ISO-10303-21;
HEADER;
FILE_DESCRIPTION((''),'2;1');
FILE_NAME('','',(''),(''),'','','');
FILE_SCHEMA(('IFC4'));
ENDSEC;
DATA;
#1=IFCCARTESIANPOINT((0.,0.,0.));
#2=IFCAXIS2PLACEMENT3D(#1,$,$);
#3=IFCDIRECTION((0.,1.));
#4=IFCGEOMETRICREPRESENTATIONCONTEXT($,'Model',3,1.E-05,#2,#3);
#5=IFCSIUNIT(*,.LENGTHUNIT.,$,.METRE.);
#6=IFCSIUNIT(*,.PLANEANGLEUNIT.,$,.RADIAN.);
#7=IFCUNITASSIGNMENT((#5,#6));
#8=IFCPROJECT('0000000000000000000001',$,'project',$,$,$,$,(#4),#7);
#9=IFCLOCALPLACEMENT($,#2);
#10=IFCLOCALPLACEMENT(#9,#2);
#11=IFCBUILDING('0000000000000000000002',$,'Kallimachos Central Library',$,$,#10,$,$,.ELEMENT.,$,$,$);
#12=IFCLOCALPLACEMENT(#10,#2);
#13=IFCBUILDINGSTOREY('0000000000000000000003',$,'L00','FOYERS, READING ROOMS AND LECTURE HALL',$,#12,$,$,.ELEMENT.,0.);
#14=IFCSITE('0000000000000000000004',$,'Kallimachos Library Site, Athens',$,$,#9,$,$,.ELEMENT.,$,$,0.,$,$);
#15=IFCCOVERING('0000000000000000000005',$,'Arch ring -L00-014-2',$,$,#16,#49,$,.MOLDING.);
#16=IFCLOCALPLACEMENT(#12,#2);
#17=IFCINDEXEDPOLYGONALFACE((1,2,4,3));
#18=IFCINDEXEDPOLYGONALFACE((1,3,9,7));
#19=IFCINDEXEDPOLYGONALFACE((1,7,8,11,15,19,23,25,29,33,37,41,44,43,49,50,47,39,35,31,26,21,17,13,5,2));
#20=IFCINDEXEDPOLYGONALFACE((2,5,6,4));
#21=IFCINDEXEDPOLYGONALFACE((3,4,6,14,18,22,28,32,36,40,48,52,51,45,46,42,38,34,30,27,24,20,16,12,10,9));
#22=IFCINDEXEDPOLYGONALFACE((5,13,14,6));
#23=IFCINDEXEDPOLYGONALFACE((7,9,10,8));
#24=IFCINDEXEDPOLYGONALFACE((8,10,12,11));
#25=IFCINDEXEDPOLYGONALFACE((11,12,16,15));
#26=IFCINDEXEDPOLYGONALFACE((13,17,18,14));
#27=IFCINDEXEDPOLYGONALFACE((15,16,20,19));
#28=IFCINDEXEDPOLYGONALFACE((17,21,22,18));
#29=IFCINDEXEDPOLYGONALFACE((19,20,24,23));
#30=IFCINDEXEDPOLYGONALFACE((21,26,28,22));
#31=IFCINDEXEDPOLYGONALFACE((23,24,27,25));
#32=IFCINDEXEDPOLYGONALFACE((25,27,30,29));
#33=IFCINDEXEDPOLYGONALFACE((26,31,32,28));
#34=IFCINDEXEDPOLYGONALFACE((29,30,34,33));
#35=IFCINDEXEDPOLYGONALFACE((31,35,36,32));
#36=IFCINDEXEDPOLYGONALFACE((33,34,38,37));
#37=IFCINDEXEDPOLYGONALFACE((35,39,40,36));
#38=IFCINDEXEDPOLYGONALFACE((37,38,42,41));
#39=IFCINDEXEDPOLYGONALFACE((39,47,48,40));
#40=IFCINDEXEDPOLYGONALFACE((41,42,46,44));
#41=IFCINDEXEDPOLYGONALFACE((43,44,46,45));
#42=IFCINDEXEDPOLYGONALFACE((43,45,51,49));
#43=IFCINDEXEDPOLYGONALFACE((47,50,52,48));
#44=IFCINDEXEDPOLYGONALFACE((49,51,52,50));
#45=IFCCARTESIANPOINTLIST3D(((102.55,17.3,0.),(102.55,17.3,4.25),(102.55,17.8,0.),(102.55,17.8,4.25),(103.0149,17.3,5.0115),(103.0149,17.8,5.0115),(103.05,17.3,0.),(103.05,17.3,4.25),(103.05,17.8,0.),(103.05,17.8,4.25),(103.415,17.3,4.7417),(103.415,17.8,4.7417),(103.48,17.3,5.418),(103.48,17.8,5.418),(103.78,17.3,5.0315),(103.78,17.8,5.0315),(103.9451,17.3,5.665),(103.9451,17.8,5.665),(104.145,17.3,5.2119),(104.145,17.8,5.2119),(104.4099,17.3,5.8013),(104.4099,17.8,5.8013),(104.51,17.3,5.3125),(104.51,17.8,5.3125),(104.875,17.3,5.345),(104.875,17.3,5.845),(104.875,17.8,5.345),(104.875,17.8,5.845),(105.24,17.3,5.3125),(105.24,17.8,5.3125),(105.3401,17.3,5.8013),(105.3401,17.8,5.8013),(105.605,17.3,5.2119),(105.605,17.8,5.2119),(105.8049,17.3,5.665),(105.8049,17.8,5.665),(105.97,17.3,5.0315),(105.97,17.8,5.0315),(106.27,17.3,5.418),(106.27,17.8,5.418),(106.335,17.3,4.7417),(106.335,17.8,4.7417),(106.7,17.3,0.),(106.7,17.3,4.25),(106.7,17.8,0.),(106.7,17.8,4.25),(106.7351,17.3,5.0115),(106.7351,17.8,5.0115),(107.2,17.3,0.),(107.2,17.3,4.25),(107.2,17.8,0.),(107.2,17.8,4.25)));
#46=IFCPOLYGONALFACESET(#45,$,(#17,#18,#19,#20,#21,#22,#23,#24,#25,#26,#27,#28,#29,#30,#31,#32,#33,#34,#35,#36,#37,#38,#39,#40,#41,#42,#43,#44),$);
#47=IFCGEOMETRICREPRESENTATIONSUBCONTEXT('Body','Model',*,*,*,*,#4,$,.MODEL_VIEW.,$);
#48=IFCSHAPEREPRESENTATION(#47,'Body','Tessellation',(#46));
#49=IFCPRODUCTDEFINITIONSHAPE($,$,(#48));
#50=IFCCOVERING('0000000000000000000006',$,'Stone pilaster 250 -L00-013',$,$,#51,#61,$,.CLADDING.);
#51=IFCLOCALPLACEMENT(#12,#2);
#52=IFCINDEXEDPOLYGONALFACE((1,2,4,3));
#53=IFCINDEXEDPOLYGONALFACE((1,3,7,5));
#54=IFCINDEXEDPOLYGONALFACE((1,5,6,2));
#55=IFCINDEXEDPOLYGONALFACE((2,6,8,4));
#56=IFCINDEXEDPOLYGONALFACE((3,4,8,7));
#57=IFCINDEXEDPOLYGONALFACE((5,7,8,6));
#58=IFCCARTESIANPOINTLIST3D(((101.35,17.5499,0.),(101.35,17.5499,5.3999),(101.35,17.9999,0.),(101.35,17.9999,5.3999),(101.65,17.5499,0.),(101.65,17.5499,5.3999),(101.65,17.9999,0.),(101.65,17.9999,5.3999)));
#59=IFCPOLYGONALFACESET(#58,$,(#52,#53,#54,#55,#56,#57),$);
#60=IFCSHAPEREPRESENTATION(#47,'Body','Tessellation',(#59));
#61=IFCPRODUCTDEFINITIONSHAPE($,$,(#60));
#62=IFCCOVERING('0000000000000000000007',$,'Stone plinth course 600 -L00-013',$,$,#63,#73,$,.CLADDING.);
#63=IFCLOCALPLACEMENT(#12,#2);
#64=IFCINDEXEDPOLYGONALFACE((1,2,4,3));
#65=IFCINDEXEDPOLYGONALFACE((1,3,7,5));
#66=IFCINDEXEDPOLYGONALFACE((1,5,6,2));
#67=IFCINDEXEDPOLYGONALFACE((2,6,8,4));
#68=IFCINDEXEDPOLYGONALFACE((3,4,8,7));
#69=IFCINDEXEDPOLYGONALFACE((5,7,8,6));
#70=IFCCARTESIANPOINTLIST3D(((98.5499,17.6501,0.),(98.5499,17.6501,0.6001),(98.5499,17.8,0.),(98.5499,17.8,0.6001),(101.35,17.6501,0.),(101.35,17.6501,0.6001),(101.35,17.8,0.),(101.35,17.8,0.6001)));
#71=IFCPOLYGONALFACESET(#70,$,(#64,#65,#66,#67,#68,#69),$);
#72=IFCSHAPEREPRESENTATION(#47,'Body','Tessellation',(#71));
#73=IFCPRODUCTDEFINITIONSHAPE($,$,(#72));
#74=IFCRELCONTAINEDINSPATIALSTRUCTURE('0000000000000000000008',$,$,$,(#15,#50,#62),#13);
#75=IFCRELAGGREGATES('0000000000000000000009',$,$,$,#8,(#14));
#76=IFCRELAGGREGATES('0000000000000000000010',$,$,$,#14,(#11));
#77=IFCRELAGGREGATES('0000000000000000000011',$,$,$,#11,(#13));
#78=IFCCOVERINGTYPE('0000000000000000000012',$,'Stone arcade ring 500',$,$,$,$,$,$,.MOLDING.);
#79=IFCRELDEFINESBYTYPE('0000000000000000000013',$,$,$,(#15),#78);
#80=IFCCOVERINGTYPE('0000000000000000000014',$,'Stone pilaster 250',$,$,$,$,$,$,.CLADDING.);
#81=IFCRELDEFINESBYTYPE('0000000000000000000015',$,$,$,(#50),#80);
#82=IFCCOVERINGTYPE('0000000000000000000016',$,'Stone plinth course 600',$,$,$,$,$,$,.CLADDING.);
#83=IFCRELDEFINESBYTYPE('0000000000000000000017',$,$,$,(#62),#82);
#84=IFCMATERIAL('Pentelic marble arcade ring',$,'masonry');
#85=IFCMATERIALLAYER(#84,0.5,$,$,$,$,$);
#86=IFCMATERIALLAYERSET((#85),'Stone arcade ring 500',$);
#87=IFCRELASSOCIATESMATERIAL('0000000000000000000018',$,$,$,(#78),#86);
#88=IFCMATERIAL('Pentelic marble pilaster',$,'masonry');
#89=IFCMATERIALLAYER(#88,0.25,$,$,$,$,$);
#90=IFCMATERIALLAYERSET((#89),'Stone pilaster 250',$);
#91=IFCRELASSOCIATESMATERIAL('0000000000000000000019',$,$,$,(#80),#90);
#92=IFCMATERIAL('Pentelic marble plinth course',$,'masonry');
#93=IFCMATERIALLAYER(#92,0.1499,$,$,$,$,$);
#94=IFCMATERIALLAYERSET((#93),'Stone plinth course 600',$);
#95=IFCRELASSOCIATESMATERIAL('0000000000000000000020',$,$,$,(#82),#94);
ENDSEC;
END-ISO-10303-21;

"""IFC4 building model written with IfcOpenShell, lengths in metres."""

from ifc_helpers import new_model, si_unit, direction, frame, origin, origin_2d, place, context, subcontext, project, spatial, polyline, rectangle, outline, extrude, material, layer, layer_set, type_object, element, save


model = new_model("IFC4")

# Units and contexts
model_context = context("Model", 3, precision=1e-05, world=origin(), true_north=direction((0.0, 1.0)))
body_context = subcontext(model_context, "Body", "Model", "MODEL_VIEW")
ifc_project = project(units=[si_unit("LENGTHUNIT", "METRE"), si_unit("PLANEANGLEUNIT", "RADIAN")], contexts=[model_context])

# Site, building, storey
site_placement = place(None, origin())
site = spatial("IfcSite", under=ifc_project, at=site_placement, Name="Kallimachos Library Site, Athens", CompositionType="ELEMENT", RefElevation=0.0)
building_placement = place(site_placement, origin())
building = spatial("IfcBuilding", under=site, at=building_placement, Name="Kallimachos Central Library", CompositionType="ELEMENT")
storey_placement = place(building_placement, origin())
storey = spatial("IfcBuildingStorey", under=building, at=storey_placement, Name="L00", Description="FOYERS, READING ROOMS AND LECTURE HALL", CompositionType="ELEMENT", Elevation=0.0)

# Coverings
ifc_material_1 = material(Name="Pentelic marble arcade ring", Category="masonry")
ifc_layer_1 = layer(ifc_material_1, 0.5)
ifc_layer_set_1 = layer_set([ifc_layer_1], Name="Stone arcade ring 500")
covering_type_1 = type_object("IfcCoveringType", Name="Stone arcade ring 500", PredefinedType="MOLDING", material=ifc_layer_set_1)
covering_1_placement = place(storey_placement, frame((103.05, 17.3, 0.0), z_axis=(0.0, -1.0, 0.0), x_axis=(0.0, 0.0, 1.0)))
element("IfcCovering", 1, at=covering_1_placement, inside=storey, type_object=covering_type_1, Name="Arch ring -L00-014-2", PredefinedType="MOLDING", context=body_context, shape_type="SweptSolid", body=[
    extrude(outline(polyline([(0.0, 0.0), (4.25, 0.0), (4.7417, -0.365), (5.0315, -0.73), (5.2119, -1.095), (5.3125, -1.46), (5.345, -1.825), (5.3125, -2.1899), (5.2119, -2.5549), (5.0315, -2.9199), (4.7417, -3.2849), (4.25, -3.6499), (0.0, -3.6499), (0.0, -4.1499), (4.25, -4.1499), (5.0115, -3.6851), (5.418, -3.22), (5.665, -2.7549), (5.8013, -2.29), (5.845, -1.825), (5.8013, -1.3599), (5.665, -0.895), (5.418, -0.4299), (5.0115, 0.0352), (4.25, 0.5), (0.0, 0.5), (0.0, 0.0)])), origin(), (0.0, 0.0, -1.0), 0.5),
])
ifc_material_2 = material(Name="Pentelic marble pilaster", Category="masonry")
ifc_layer_2 = layer(ifc_material_2, 0.25)
ifc_layer_set_2 = layer_set([ifc_layer_2], Name="Stone pilaster 250")
covering_type_2 = type_object("IfcCoveringType", Name="Stone pilaster 250", PredefinedType="CLADDING", material=ifc_layer_set_2)
covering_2_placement = place(storey_placement, frame((101.5, 17.7749, 0.0), z_axis=(0.0, 0.0, 1.0), x_axis=(1.0, 0.0, 0.0)))
element("IfcCovering", 2, at=covering_2_placement, inside=storey, type_object=covering_type_2, Name="Stone pilaster 250 -L00-013", PredefinedType="CLADDING", context=body_context, shape_type="SweptSolid", body=[
    extrude(rectangle(XDim=0.3, YDim=0.45, at=origin_2d()), origin(), (0.0, 0.0, 1.0), 5.3999),
])
ifc_material_3 = material(Name="Pentelic marble plinth course", Category="masonry")
ifc_layer_3 = layer(ifc_material_3, 0.1499)
ifc_layer_set_3 = layer_set([ifc_layer_3], Name="Stone plinth course 600")
covering_type_3 = type_object("IfcCoveringType", Name="Stone plinth course 600", PredefinedType="CLADDING", material=ifc_layer_set_3)
covering_3_placement = place(storey_placement, frame((99.95, 17.7251, 0.0), z_axis=(0.0, 0.0, 1.0), x_axis=(1.0, 0.0, 0.0)))
element("IfcCovering", 3, at=covering_3_placement, inside=storey, type_object=covering_type_3, Name="Stone plinth course 600 -L00-013", PredefinedType="CLADDING", context=body_context, shape_type="SweptSolid", body=[
    extrude(rectangle(XDim=2.8, YDim=0.1499, at=origin_2d()), origin(), (0.0, 0.0, 1.0), 0.6001),
])

save(model, "model.ifc")
